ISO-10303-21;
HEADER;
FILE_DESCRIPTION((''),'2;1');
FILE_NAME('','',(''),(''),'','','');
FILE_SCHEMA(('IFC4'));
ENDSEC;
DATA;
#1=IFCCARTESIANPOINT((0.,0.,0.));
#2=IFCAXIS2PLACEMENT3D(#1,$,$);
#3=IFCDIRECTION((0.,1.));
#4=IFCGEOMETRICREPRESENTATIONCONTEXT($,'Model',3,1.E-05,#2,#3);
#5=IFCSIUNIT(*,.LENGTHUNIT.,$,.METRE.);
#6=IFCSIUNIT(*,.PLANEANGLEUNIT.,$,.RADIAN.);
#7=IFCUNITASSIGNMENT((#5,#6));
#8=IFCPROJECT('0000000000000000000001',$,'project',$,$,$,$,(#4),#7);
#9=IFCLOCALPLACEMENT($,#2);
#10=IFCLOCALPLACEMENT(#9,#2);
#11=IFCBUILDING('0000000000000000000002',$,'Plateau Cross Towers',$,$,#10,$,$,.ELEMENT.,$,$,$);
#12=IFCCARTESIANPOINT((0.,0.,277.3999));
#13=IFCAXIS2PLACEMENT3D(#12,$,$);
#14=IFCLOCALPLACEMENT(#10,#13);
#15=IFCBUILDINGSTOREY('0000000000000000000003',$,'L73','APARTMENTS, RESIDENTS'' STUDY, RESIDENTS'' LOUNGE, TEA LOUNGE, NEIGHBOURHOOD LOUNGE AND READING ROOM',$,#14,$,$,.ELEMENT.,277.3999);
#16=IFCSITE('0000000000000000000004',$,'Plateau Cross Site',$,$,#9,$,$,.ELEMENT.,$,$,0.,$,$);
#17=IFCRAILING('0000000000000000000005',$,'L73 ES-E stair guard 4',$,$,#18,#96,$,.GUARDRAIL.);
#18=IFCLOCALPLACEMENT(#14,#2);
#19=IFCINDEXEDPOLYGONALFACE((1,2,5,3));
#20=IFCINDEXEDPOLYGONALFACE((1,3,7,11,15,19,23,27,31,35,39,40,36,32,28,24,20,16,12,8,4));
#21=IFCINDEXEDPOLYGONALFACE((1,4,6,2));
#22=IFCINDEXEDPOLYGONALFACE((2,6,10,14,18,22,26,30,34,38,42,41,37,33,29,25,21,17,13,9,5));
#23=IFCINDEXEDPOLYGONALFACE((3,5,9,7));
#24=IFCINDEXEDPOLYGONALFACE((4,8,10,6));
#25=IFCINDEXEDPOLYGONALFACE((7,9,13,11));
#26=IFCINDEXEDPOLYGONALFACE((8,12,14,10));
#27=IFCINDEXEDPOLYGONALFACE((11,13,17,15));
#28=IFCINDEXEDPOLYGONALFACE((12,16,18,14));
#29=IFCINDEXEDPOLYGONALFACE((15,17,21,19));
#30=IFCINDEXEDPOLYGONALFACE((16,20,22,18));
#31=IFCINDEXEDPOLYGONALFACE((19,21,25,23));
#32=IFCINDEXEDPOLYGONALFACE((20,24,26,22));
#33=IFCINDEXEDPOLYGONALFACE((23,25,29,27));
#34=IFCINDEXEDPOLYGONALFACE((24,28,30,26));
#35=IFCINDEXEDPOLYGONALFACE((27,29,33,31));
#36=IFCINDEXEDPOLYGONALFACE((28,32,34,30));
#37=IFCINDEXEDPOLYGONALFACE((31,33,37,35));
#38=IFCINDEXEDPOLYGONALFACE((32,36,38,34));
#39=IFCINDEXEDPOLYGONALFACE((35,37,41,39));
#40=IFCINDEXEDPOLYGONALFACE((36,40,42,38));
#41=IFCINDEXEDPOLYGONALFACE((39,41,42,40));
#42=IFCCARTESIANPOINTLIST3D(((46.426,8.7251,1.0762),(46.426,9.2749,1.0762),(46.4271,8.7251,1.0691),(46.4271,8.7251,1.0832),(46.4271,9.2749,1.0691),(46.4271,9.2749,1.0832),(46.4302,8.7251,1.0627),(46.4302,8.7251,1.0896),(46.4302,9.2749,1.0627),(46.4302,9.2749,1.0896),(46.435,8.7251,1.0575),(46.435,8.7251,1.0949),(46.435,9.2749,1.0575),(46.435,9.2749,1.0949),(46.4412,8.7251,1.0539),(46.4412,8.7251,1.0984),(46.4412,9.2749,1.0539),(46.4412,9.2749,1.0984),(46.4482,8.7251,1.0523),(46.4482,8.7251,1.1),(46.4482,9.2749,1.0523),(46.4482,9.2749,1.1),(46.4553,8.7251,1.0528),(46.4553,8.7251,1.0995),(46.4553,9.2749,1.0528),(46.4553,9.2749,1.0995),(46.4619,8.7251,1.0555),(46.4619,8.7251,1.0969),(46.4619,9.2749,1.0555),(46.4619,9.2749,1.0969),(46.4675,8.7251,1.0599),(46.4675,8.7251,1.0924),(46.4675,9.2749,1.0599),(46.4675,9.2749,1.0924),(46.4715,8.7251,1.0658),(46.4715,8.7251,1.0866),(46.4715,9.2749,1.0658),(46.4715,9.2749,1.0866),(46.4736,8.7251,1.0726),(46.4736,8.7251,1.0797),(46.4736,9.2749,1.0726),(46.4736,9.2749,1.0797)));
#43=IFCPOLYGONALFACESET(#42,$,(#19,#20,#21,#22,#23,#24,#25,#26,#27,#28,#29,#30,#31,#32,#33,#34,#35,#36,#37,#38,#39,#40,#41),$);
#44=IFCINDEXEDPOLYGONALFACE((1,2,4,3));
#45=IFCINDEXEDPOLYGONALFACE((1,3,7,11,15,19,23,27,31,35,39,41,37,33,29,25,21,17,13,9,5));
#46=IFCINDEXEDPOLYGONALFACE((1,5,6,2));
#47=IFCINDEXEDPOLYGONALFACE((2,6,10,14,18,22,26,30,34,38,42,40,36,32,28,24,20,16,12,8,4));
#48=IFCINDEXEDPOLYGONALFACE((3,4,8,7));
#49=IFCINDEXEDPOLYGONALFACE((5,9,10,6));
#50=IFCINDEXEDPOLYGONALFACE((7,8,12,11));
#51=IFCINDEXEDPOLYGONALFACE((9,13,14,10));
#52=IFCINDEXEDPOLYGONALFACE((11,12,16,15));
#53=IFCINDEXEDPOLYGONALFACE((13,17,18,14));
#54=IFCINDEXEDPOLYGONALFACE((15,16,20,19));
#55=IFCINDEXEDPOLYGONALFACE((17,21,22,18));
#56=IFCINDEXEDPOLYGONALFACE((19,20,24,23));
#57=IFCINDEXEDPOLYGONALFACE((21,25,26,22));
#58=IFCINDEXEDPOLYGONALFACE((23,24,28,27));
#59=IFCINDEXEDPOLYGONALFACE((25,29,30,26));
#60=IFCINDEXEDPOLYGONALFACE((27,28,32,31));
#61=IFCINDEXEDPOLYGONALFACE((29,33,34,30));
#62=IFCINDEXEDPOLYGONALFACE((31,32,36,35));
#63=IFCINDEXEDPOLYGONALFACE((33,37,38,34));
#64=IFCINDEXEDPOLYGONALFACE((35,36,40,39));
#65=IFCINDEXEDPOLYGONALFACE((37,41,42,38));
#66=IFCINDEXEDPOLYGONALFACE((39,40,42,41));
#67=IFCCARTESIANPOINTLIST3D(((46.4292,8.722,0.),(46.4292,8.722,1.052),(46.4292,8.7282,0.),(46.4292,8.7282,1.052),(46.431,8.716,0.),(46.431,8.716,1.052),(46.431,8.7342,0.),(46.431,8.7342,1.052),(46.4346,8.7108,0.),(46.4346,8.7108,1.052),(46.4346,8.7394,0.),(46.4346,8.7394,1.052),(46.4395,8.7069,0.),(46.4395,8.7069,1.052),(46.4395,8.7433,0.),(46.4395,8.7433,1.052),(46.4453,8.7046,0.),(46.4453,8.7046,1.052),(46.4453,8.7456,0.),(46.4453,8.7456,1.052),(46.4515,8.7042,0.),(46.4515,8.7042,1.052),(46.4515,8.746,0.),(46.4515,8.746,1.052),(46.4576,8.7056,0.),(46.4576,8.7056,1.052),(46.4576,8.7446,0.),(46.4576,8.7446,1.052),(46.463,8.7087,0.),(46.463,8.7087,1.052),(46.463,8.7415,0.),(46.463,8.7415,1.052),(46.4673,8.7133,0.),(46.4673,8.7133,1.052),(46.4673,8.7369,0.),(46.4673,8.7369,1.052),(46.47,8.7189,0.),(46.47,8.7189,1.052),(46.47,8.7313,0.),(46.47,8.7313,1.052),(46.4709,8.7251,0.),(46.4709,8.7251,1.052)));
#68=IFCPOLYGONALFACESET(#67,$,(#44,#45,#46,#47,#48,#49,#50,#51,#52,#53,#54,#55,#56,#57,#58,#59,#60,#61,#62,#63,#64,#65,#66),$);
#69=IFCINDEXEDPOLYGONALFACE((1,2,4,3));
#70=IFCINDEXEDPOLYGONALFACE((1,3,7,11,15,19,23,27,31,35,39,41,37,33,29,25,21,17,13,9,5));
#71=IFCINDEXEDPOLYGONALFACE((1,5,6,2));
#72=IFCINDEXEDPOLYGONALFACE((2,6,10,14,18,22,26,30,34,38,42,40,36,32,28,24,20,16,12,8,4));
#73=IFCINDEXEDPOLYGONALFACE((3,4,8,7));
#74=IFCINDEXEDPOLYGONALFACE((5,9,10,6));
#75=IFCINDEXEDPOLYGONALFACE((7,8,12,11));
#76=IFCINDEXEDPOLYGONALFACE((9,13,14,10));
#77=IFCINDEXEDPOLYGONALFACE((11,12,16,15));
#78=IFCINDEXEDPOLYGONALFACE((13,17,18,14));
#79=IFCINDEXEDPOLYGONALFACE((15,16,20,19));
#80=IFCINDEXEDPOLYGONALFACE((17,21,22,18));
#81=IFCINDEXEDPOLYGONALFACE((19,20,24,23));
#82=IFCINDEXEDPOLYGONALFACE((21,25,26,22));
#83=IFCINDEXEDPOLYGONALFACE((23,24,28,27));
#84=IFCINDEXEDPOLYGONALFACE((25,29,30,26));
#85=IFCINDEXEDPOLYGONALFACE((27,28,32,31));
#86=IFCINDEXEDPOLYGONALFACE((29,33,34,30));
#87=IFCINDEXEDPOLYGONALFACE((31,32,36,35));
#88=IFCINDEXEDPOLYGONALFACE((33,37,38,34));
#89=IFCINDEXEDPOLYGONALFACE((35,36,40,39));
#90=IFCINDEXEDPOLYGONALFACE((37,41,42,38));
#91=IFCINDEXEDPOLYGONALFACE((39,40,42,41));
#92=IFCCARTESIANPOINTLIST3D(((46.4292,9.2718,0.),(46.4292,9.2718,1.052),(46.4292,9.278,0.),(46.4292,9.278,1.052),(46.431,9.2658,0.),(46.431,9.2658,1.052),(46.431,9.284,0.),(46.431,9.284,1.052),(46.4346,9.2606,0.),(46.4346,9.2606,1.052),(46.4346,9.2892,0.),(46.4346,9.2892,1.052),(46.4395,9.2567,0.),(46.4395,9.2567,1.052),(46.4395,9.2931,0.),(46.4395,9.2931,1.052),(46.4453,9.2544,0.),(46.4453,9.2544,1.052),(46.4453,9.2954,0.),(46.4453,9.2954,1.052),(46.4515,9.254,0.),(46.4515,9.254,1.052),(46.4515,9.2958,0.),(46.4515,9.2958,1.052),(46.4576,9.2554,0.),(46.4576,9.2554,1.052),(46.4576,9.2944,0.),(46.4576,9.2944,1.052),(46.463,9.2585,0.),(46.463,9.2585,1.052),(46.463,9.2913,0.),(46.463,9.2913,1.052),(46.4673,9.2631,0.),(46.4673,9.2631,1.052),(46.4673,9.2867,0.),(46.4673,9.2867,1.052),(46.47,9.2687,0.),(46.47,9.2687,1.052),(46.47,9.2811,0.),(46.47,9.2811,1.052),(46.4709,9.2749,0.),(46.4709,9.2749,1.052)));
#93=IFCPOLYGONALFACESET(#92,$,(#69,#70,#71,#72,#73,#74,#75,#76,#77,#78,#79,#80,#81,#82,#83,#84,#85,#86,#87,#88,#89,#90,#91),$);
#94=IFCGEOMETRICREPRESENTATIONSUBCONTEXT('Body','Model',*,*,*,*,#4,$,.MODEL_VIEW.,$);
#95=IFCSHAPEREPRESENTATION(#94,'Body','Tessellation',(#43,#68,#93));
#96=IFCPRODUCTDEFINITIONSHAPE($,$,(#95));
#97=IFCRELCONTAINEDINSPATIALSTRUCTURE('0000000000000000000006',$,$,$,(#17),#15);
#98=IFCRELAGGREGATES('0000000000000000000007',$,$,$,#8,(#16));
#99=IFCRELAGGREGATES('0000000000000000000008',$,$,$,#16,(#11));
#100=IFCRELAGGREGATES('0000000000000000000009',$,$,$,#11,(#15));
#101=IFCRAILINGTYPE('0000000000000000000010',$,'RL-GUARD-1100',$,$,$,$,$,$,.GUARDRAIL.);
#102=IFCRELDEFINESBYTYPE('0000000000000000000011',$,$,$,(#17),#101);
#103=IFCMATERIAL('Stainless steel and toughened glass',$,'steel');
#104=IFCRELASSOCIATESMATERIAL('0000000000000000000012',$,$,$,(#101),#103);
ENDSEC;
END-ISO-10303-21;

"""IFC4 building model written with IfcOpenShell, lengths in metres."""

from ifc_helpers import new_model, si_unit, direction, frame, origin, origin_2d, place, context, subcontext, project, spatial, circle, extrude, material, type_object, element, save


model = new_model("IFC4")

# Units and contexts
model_context = context("Model", 3, precision=1e-05, world=origin(), true_north=direction((0.0, 1.0)))
body_context = subcontext(model_context, "Body", "Model", "MODEL_VIEW")
ifc_project = project(units=[si_unit("LENGTHUNIT", "METRE"), si_unit("PLANEANGLEUNIT", "RADIAN")], contexts=[model_context])

# Site, building, storey
site_placement = place(None, origin())
site = spatial("IfcSite", under=ifc_project, at=site_placement, Name="Plateau Cross Site", CompositionType="ELEMENT", RefElevation=0.0)
building_placement = place(site_placement, origin())
building = spatial("IfcBuilding", under=site, at=building_placement, Name="Plateau Cross Towers", CompositionType="ELEMENT")
storey_placement = place(building_placement, frame((0.0, 0.0, 277.3999)))
storey = spatial("IfcBuildingStorey", under=building, at=storey_placement, Name="L73", Description="APARTMENTS, RESIDENTS' STUDY, RESIDENTS' LOUNGE, TEA LOUNGE, NEIGHBOURHOOD LOUNGE AND READING ROOM", CompositionType="ELEMENT", Elevation=277.3999)

# Railing
ifc_material_1 = material(Name="Stainless steel and toughened glass", Category="steel")
railing_type_1 = type_object("IfcRailingType", Name="RL-GUARD-1100", PredefinedType="GUARDRAIL", material=ifc_material_1)
railing_1_placement = place(storey_placement, frame((46.45, 8.7251, 0.0)))
element("IfcRailing", 1, at=railing_1_placement, inside=storey, type_object=railing_type_1, Name="L73 ES-E stair guard 4", PredefinedType="GUARDRAIL", context=body_context, shape_type="SweptSolid", body=[
    extrude(circle(Radius=0.0239, at=origin_2d()), frame((0.0, 0.0, 1.0762), z_axis=(0.0, 1.0, 0.0), x_axis=(-1.0, 0.0, 0.0)), (0.0, 0.0, 1.0), 0.5498),
    extrude(circle(Radius=0.021, at=origin_2d()), origin(), (0.0, 0.0, 1.0), 1.052),
    extrude(circle(Radius=0.021, at=origin_2d()), frame((0.0, 0.5498, 0.0)), (0.0, 0.0, 1.0), 1.052),
])

save(model, "model.ifc")
